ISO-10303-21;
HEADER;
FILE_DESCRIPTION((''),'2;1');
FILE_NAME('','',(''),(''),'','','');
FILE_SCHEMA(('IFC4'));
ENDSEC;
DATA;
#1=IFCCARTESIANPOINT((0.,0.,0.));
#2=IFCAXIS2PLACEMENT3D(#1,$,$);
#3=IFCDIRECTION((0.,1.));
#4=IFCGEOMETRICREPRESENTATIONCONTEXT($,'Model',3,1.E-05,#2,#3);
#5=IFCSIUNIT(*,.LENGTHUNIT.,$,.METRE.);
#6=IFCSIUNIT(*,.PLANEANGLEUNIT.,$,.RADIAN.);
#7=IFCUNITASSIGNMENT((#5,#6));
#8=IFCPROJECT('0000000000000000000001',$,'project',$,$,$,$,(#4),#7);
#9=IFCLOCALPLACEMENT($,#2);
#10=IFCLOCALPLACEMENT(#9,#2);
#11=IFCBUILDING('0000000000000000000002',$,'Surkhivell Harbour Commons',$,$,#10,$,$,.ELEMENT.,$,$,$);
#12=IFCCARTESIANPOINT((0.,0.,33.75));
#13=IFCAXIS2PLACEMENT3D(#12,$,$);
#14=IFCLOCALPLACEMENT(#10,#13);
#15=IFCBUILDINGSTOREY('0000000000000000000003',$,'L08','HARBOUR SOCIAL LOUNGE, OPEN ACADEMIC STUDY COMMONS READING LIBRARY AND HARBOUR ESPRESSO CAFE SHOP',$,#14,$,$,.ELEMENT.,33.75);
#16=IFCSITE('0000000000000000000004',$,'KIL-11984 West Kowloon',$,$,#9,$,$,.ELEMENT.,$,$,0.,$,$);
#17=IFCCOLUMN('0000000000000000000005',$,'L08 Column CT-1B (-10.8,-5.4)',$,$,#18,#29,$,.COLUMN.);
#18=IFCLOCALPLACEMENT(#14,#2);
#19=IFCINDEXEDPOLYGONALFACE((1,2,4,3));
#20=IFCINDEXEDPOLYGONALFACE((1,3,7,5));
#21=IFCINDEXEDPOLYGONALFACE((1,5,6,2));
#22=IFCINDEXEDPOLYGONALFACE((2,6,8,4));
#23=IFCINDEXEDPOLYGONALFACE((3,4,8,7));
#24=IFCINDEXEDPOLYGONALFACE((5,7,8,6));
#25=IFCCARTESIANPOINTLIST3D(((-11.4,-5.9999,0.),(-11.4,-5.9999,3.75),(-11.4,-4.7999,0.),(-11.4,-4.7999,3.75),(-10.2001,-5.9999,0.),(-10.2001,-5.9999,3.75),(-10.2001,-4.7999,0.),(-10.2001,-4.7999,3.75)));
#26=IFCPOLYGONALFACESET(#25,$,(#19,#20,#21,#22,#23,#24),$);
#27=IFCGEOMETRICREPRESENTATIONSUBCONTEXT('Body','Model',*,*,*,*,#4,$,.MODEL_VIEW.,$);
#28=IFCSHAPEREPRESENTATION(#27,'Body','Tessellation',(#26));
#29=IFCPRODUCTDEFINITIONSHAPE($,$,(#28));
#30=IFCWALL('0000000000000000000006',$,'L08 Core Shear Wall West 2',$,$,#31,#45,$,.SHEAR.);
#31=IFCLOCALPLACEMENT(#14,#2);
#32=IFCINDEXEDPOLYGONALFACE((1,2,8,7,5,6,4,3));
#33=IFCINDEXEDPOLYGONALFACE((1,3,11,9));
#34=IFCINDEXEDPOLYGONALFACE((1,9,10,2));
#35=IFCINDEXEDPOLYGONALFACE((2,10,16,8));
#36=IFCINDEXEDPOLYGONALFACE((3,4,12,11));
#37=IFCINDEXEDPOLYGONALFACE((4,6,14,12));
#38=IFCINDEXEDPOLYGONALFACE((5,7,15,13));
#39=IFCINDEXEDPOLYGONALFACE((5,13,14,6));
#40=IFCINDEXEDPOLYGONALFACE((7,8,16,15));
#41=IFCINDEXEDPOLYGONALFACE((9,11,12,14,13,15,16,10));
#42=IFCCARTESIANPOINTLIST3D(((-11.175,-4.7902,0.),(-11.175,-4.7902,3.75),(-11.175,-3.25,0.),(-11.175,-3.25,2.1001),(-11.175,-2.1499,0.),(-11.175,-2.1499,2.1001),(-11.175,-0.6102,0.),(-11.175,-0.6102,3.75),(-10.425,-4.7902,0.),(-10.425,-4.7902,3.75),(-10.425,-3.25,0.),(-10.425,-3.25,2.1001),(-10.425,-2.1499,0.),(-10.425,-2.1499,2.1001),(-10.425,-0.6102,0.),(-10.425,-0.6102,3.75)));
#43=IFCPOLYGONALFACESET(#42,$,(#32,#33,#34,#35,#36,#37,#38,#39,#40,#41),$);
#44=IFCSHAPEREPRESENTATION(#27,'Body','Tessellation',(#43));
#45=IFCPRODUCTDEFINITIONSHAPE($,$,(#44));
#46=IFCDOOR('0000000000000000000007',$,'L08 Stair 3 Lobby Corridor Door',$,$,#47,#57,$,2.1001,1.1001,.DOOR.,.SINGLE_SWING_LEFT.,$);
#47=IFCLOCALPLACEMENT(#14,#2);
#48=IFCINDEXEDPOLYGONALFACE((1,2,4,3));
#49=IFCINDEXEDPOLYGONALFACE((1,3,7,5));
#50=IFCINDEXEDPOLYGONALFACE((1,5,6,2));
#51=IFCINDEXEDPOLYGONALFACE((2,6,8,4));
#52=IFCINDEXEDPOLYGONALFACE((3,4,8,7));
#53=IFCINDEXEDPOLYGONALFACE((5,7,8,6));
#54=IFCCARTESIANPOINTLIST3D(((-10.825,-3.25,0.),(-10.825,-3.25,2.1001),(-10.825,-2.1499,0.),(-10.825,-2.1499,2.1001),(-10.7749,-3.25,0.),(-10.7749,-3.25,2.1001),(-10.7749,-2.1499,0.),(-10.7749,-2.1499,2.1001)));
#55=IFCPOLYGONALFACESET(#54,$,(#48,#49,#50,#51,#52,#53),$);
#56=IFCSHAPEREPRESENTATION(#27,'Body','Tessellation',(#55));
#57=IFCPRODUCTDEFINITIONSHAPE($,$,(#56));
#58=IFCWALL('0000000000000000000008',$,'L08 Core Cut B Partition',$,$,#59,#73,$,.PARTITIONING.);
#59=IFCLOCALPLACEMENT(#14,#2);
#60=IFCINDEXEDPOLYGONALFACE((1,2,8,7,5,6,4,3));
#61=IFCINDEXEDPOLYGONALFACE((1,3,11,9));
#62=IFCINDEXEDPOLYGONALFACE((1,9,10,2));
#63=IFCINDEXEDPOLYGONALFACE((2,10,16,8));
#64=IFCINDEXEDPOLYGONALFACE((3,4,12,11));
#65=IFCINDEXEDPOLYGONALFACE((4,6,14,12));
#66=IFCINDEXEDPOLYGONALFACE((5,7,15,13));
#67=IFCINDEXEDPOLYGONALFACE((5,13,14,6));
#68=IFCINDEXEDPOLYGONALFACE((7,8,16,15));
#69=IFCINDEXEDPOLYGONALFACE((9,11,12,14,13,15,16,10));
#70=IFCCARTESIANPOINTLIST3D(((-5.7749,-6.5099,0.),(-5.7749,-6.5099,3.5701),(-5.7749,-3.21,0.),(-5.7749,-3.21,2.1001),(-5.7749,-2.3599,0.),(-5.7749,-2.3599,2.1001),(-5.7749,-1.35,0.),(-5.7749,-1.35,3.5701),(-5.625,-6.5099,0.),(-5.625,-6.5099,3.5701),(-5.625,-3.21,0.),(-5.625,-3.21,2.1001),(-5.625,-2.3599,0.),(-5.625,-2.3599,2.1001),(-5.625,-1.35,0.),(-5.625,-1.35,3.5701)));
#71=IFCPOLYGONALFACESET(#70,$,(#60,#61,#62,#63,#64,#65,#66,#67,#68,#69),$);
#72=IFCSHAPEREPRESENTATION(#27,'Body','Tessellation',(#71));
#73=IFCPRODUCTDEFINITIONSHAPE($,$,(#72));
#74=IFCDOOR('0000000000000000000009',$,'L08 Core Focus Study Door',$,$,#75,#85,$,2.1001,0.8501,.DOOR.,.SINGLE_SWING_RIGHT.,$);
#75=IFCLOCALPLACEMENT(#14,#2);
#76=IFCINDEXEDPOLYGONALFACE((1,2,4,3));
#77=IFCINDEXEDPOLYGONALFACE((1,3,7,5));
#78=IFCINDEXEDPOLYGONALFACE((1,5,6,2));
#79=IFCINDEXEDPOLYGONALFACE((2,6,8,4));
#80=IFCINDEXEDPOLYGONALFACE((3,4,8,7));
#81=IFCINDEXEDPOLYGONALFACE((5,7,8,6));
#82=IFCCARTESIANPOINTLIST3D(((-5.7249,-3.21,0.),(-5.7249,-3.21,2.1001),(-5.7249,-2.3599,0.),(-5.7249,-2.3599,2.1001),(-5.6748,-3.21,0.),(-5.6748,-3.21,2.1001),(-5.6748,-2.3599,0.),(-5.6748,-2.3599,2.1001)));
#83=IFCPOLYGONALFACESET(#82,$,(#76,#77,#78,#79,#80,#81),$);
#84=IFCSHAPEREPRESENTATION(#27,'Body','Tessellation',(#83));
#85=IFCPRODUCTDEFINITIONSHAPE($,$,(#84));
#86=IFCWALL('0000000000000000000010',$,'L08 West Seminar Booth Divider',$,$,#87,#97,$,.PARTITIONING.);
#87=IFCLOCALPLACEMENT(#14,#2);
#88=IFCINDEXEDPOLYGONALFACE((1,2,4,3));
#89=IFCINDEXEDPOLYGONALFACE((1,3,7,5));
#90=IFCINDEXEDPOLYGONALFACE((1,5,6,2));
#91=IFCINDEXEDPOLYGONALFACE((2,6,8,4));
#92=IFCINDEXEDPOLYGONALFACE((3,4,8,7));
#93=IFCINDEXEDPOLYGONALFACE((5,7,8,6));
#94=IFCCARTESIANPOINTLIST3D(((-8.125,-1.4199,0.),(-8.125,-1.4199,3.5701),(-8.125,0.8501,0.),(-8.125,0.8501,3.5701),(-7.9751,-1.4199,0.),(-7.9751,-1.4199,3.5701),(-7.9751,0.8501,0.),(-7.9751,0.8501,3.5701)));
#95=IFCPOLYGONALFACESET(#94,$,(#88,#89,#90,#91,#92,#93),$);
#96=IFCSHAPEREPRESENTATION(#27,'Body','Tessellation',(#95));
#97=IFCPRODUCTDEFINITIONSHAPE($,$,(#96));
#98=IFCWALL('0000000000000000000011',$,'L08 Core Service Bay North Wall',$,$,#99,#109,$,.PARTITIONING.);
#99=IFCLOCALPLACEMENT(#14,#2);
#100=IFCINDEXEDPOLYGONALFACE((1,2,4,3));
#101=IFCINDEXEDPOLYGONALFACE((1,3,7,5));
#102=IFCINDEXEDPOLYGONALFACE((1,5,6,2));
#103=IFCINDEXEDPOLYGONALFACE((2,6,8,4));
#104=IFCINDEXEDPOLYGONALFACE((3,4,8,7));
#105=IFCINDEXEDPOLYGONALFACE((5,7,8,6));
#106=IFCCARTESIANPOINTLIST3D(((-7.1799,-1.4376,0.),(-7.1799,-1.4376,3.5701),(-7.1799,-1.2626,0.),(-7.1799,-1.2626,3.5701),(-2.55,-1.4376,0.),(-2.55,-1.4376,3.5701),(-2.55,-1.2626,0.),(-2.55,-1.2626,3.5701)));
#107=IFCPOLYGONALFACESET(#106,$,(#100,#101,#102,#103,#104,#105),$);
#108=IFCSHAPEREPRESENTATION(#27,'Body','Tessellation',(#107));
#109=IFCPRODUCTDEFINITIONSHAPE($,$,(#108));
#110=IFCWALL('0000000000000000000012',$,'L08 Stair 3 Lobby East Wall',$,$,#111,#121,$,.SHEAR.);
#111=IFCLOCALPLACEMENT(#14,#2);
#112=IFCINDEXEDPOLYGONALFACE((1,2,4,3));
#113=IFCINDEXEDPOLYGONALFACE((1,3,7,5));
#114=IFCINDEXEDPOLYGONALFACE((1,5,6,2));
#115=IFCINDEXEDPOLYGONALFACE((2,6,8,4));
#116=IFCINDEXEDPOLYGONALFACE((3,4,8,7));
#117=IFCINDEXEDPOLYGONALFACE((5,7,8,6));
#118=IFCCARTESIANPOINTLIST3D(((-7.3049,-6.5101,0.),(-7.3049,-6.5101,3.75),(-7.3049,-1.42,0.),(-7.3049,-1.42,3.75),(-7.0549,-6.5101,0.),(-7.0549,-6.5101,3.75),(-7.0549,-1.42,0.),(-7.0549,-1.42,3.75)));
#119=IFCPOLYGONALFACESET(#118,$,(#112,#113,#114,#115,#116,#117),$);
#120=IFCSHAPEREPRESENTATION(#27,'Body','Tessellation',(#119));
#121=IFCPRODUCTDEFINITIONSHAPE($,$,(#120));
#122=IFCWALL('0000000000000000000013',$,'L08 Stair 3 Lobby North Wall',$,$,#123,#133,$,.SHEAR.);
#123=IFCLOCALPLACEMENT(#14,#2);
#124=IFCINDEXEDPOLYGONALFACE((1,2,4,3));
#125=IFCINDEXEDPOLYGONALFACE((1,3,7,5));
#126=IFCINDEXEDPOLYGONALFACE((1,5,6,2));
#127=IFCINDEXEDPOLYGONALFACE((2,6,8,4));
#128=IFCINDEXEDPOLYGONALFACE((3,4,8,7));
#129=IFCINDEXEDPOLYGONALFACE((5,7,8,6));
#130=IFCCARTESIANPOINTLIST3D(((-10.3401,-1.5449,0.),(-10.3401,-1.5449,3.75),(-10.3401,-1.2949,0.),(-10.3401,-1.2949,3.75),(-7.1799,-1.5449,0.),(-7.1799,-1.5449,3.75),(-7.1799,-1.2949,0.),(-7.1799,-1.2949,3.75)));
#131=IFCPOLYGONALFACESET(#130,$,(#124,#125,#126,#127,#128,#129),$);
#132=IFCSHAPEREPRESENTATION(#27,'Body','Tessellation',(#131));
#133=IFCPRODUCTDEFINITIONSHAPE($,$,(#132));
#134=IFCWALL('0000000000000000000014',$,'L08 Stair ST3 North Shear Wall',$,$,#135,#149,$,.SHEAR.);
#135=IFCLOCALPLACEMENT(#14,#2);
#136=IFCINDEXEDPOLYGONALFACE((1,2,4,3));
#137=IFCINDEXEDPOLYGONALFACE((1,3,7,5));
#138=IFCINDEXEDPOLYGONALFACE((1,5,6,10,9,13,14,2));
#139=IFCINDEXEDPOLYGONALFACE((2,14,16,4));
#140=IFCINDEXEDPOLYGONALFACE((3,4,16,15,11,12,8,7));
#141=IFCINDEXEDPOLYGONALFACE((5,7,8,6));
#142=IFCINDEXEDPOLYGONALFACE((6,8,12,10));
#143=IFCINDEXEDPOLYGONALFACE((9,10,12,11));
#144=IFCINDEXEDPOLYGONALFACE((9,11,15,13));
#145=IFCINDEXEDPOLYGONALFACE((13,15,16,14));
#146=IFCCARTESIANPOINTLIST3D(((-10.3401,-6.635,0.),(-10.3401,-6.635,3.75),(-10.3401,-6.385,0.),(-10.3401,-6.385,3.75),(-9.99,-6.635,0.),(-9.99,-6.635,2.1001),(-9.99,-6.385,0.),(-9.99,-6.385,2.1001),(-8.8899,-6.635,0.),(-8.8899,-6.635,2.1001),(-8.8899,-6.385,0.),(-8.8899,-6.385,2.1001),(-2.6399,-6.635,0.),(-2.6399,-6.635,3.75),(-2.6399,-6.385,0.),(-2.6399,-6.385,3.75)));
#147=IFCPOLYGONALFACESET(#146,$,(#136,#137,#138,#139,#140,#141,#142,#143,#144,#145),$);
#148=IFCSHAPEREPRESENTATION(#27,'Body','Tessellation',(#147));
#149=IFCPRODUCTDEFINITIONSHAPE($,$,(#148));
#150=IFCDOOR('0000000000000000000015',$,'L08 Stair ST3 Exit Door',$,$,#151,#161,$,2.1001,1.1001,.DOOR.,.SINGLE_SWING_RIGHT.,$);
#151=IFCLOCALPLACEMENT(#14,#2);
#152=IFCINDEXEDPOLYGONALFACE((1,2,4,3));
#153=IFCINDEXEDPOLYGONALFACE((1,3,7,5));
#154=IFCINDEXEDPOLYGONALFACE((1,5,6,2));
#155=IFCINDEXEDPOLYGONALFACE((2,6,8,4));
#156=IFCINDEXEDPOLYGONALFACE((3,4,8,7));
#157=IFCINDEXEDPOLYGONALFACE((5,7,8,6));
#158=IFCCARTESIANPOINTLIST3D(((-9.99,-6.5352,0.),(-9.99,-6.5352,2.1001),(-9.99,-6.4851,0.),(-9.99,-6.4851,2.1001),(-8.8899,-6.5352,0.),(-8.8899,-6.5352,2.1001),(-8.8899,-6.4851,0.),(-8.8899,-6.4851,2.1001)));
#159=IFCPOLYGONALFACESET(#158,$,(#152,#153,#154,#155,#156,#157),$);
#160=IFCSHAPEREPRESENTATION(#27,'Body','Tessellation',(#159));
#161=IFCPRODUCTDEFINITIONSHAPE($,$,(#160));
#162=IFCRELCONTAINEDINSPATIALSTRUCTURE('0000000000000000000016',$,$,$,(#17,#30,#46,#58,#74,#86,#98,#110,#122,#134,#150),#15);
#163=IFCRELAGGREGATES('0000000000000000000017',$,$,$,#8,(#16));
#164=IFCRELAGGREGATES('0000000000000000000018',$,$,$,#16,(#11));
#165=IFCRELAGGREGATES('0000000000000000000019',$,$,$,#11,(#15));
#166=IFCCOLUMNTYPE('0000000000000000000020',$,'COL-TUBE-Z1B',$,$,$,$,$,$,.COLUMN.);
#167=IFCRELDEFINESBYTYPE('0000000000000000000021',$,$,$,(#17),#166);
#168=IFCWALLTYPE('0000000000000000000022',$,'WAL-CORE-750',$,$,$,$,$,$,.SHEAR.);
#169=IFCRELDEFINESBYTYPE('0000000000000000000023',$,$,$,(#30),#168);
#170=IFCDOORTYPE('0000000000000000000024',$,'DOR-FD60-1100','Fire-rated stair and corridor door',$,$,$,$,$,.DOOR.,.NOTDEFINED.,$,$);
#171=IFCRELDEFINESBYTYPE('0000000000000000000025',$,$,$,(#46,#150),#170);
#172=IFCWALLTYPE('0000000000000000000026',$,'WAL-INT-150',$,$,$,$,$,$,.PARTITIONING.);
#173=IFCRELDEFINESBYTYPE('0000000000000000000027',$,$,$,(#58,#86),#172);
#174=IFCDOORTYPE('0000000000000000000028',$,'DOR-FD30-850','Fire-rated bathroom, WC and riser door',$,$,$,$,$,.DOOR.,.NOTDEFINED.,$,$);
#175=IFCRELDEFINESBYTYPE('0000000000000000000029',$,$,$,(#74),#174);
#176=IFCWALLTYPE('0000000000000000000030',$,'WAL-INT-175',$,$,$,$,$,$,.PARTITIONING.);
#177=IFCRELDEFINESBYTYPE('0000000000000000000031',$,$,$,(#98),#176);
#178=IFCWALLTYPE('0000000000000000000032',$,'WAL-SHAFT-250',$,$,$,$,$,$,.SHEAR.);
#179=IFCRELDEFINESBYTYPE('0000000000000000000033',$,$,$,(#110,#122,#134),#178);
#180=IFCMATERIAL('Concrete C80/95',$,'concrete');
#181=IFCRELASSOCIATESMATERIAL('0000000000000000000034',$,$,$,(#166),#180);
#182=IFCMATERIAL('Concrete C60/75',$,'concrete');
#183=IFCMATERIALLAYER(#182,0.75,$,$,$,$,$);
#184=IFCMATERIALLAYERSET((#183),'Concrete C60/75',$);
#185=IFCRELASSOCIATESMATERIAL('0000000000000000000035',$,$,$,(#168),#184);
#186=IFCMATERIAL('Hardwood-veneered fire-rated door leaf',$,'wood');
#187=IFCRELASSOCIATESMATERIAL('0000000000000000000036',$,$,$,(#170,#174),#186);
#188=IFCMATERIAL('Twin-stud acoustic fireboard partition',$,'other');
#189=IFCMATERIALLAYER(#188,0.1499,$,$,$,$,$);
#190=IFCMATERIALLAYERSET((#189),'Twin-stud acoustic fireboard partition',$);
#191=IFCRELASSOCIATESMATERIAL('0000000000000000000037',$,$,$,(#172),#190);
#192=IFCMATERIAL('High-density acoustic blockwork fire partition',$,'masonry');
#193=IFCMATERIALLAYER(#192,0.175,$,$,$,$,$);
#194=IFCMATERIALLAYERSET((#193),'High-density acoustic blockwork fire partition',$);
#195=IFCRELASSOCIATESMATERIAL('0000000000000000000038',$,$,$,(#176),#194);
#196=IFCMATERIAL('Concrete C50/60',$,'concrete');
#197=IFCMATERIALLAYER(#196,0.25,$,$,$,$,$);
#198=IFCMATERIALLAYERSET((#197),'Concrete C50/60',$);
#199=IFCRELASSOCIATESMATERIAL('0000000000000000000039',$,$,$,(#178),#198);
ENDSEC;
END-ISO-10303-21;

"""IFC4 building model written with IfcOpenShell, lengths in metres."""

from ifc_helpers import new_model, si_unit, direction, frame, frame_2d, origin, origin_2d, place, context, subcontext, project, spatial, rectangle, extrude, material, layer, layer_set, material_profile, profile_set, type_object, element, fill, save


model = new_model("IFC4")

# Units and contexts
model_context = context("Model", 3, precision=1e-05, world=origin(), true_north=direction((0.0, 1.0)))
body_context = subcontext(model_context, "Body", "Model", "MODEL_VIEW")
ifc_project = project(units=[si_unit("LENGTHUNIT", "METRE"), si_unit("PLANEANGLEUNIT", "RADIAN")], contexts=[model_context])

# Site, building, storey
site_placement = place(None, origin())
site = spatial("IfcSite", under=ifc_project, at=site_placement, Name="KIL-11984 West Kowloon", CompositionType="ELEMENT", RefElevation=0.0)
building_placement = place(site_placement, origin())
building = spatial("IfcBuilding", under=site, at=building_placement, Name="Surkhivell Harbour Commons", CompositionType="ELEMENT")
storey_placement = place(building_placement, frame((0.0, 0.0, 33.75)))
storey = spatial("IfcBuildingStorey", under=building, at=storey_placement, Name="L08", Description="HARBOUR SOCIAL LOUNGE, OPEN ACADEMIC STUDY COMMONS READING LIBRARY AND HARBOUR ESPRESSO CAFE SHOP", CompositionType="ELEMENT", Elevation=33.75)

# Column
ifc_material_1 = material(Name="Concrete C80/95", Category="concrete")
ifc_material_profile = material_profile(ifc_material_1, rectangle(XDim=1.2, YDim=1.2, at=origin_2d()), Name="RC-COL-1200x1200")
ifc_profile_set = profile_set([ifc_material_profile], Name="Concrete C80/95")
column_type = type_object("IfcColumnType", Name="COL-TUBE-Z1B", PredefinedType="COLUMN", material=ifc_profile_set)
column_placement = place(storey_placement, frame((-10.8, -5.3999, 0.0), z_axis=(0.0, 0.0, 1.0), x_axis=(1.0, 0.0, 0.0)))
element("IfcColumn", 1, at=column_placement, inside=storey, type_object=column_type, Name="L08 Column CT-1B (-10.8,-5.4)", PredefinedType="COLUMN", context=body_context, shape_type="SweptSolid", body=[
    extrude(rectangle(XDim=1.2, YDim=1.2, at=origin_2d()), origin(), (0.0, 0.0, 1.0), 3.75),
])

# Walls, openings, doors
ifc_material_2 = material(Name="Concrete C60/75", Category="concrete")
ifc_layer_1 = layer(ifc_material_2, 0.75)
ifc_layer_set_1 = layer_set([ifc_layer_1], Name="Concrete C60/75")
wall_type_1 = type_object("IfcWallType", Name="WAL-CORE-750", PredefinedType="SHEAR", material=ifc_layer_set_1)
wall_1_placement = place(storey_placement, frame((-10.8, -4.79, 0.0), z_axis=(0.0, 0.0, 1.0), x_axis=(0.0, 1.0, 0.0)))
wall_1 = element("IfcWall", 2, at=wall_1_placement, inside=storey, type_object=wall_type_1, Name="L08 Core Shear Wall West 2", PredefinedType="SHEAR", context=body_context, shape_type="SweptSolid", body=[
    extrude(rectangle(XDim=4.1799, YDim=0.75, at=frame_2d((2.0898, 0.0))), origin(), (0.0, 0.0, 1.0), 3.75),
])
opening_1_placement = place(wall_1_placement, frame((1.54, 0.0, 0.0)))
opening_1 = element("IfcOpeningElement", 3, at=opening_1_placement, cuts=wall_1, PredefinedType="OPENING", context=body_context, shape_type="SweptSolid", body=[
    extrude(rectangle(XDim=1.1001, YDim=2.1001, at=frame_2d((0.55, 1.05))), frame((0.0, 0.385, 0.0), z_axis=(0.0, -1.0, 0.0), x_axis=(1.0, 0.0, 0.0)), (0.0, 0.0, 1.0), 0.77),
])
ifc_material_3 = material(Name="Hardwood-veneered fire-rated door leaf", Category="wood")
door_type_1 = type_object("IfcDoorType", Name="DOR-FD60-1100", Description="Fire-rated stair and corridor door", OperationType="NOTDEFINED", PredefinedType="DOOR", material=ifc_material_3)
door_1_placement = place(opening_1_placement, origin())
door_1 = element("IfcDoor", 4, at=door_1_placement, inside=storey, type_object=door_type_1, Name="L08 Stair 3 Lobby Corridor Door", OperationType="SINGLE_SWING_LEFT", OverallHeight=2.1001, OverallWidth=1.1001, PredefinedType="DOOR", context=body_context, shape_type="SweptSolid", body=[
    extrude(rectangle(XDim=1.1001, YDim=2.1001, at=frame_2d((0.55, 1.05))), frame((0.0, 0.0249, 0.0), z_axis=(0.0, -1.0, 0.0), x_axis=(1.0, 0.0, 0.0)), (0.0, 0.0, 1.0), 0.05),
])
fill(opening_1, door_1)
ifc_material_4 = material(Name="Twin-stud acoustic fireboard partition", Category="other")
ifc_layer_2 = layer(ifc_material_4, 0.1499)
ifc_layer_set_2 = layer_set([ifc_layer_2], Name="Twin-stud acoustic fireboard partition")
wall_type_2 = type_object("IfcWallType", Name="WAL-INT-150", PredefinedType="PARTITIONING", material=ifc_layer_set_2)
wall_2_placement = place(storey_placement, frame((-5.7, -6.51, 0.0), z_axis=(0.0, 0.0, 1.0), x_axis=(0.0, 1.0, 0.0)))
wall_2 = element("IfcWall", 5, at=wall_2_placement, inside=storey, type_object=wall_type_2, Name="L08 Core Cut B Partition", PredefinedType="PARTITIONING", context=body_context, shape_type="SweptSolid", body=[
    extrude(rectangle(XDim=5.1599, YDim=0.1499, at=frame_2d((2.5801, 0.0))), origin(), (0.0, 0.0, 1.0), 3.5701),
])
opening_2_placement = place(wall_2_placement, frame((3.3, 0.0, 0.0)))
opening_2 = element("IfcOpeningElement", 6, at=opening_2_placement, cuts=wall_2, PredefinedType="OPENING", context=body_context, shape_type="SweptSolid", body=[
    extrude(rectangle(XDim=0.8501, YDim=2.1001, at=frame_2d((0.425, 1.05))), frame((0.0, 0.085, 0.0), z_axis=(0.0, -1.0, 0.0), x_axis=(1.0, 0.0, 0.0)), (0.0, 0.0, 1.0), 0.1699),
])
door_type_2 = type_object("IfcDoorType", Name="DOR-FD30-850", Description="Fire-rated bathroom, WC and riser door", OperationType="NOTDEFINED", PredefinedType="DOOR", material=ifc_material_3)
door_2_placement = place(opening_2_placement, origin())
door_2 = element("IfcDoor", 7, at=door_2_placement, inside=storey, type_object=door_type_2, Name="L08 Core Focus Study Door", OperationType="SINGLE_SWING_RIGHT", OverallHeight=2.1001, OverallWidth=0.8501, PredefinedType="DOOR", context=body_context, shape_type="SweptSolid", body=[
    extrude(rectangle(XDim=0.8501, YDim=2.1001, at=frame_2d((0.425, 1.05))), frame((0.0, 0.0249, 0.0), z_axis=(0.0, -1.0, 0.0), x_axis=(1.0, 0.0, 0.0)), (0.0, 0.0, 1.0), 0.05),
])
fill(opening_2, door_2)

# Walls
wall_3_placement = place(storey_placement, frame((-8.05, -1.4199, 0.0), z_axis=(0.0, 0.0, 1.0), x_axis=(0.0, 1.0, 0.0)))
element("IfcWall", 8, at=wall_3_placement, inside=storey, type_object=wall_type_2, Name="L08 West Seminar Booth Divider", PredefinedType="PARTITIONING", context=body_context, shape_type="SweptSolid", body=[
    extrude(rectangle(XDim=2.27, YDim=0.1499, at=frame_2d((1.135, 0.0))), origin(), (0.0, 0.0, 1.0), 3.5701),
])
ifc_material_5 = material(Name="High-density acoustic blockwork fire partition", Category="masonry")
ifc_layer_3 = layer(ifc_material_5, 0.175)
ifc_layer_set_3 = layer_set([ifc_layer_3], Name="High-density acoustic blockwork fire partition")
wall_type_3 = type_object("IfcWallType", Name="WAL-INT-175", PredefinedType="PARTITIONING", material=ifc_layer_set_3)
wall_4_placement = place(storey_placement, frame((-7.1799, -1.3501, 0.0), z_axis=(0.0, 0.0, 1.0), x_axis=(1.0, 0.0, 0.0)))
element("IfcWall", 9, at=wall_4_placement, inside=storey, type_object=wall_type_3, Name="L08 Core Service Bay North Wall", PredefinedType="PARTITIONING", context=body_context, shape_type="SweptSolid", body=[
    extrude(rectangle(XDim=4.6299, YDim=0.175, at=frame_2d((2.3149, 0.0))), origin(), (0.0, 0.0, 1.0), 3.5701),
])
ifc_material_6 = material(Name="Concrete C50/60", Category="concrete")
ifc_layer_4 = layer(ifc_material_6, 0.25)
ifc_layer_set_4 = layer_set([ifc_layer_4], Name="Concrete C50/60")
wall_type_4 = type_object("IfcWallType", Name="WAL-SHAFT-250", PredefinedType="SHEAR", material=ifc_layer_set_4)
wall_5_placement = place(storey_placement, frame((-7.1799, -6.51, 0.0), z_axis=(0.0, 0.0, 1.0), x_axis=(0.0, 1.0, 0.0)))
element("IfcWall", 10, at=wall_5_placement, inside=storey, type_object=wall_type_4, Name="L08 Stair 3 Lobby East Wall", PredefinedType="SHEAR", context=body_context, shape_type="SweptSolid", body=[
    extrude(rectangle(XDim=5.0901, YDim=0.25, at=frame_2d((2.5449, 0.0))), origin(), (0.0, 0.0, 1.0), 3.75),
])
wall_6_placement = place(storey_placement, frame((-10.3401, -1.4199, 0.0), z_axis=(0.0, 0.0, 1.0), x_axis=(1.0, 0.0, 0.0)))
element("IfcWall", 11, at=wall_6_placement, inside=storey, type_object=wall_type_4, Name="L08 Stair 3 Lobby North Wall", PredefinedType="SHEAR", context=body_context, shape_type="SweptSolid", body=[
    extrude(rectangle(XDim=3.1602, YDim=0.25, at=frame_2d((1.5801, 0.0))), origin(), (0.0, 0.0, 1.0), 3.75),
])

# Wall, opening, door
wall_7_placement = place(storey_placement, frame((-10.3401, -6.51, 0.0), z_axis=(0.0, 0.0, 1.0), x_axis=(1.0, 0.0, 0.0)))
wall_7 = element("IfcWall", 12, at=wall_7_placement, inside=storey, type_object=wall_type_4, Name="L08 Stair ST3 North Shear Wall", PredefinedType="SHEAR", context=body_context, shape_type="SweptSolid", body=[
    extrude(rectangle(XDim=7.7002, YDim=0.25, at=frame_2d((3.8501, 0.0))), origin(), (0.0, 0.0, 1.0), 3.75),
])
opening_3_placement = place(wall_7_placement, frame((0.3501, 0.0, 0.0)))
opening_3 = element("IfcOpeningElement", 13, at=opening_3_placement, cuts=wall_7, PredefinedType="OPENING", context=body_context, shape_type="SweptSolid", body=[
    extrude(rectangle(XDim=1.1001, YDim=2.1001, at=frame_2d((0.55, 1.05))), frame((0.0, 0.135, 0.0), z_axis=(0.0, -1.0, 0.0), x_axis=(1.0, 0.0, 0.0)), (0.0, 0.0, 1.0), 0.27),
])
door_3_placement = place(opening_3_placement, origin())
door_3 = element("IfcDoor", 14, at=door_3_placement, inside=storey, type_object=door_type_1, Name="L08 Stair ST3 Exit Door", OperationType="SINGLE_SWING_RIGHT", OverallHeight=2.1001, OverallWidth=1.1001, PredefinedType="DOOR", context=body_context, shape_type="SweptSolid", body=[
    extrude(rectangle(XDim=1.1001, YDim=2.1001, at=frame_2d((0.55, 1.05))), frame((0.0, 0.0249, 0.0), z_axis=(0.0, -1.0, 0.0), x_axis=(1.0, 0.0, 0.0)), (0.0, 0.0, 1.0), 0.05),
])
fill(opening_3, door_3)

save(model, "model.ifc")
